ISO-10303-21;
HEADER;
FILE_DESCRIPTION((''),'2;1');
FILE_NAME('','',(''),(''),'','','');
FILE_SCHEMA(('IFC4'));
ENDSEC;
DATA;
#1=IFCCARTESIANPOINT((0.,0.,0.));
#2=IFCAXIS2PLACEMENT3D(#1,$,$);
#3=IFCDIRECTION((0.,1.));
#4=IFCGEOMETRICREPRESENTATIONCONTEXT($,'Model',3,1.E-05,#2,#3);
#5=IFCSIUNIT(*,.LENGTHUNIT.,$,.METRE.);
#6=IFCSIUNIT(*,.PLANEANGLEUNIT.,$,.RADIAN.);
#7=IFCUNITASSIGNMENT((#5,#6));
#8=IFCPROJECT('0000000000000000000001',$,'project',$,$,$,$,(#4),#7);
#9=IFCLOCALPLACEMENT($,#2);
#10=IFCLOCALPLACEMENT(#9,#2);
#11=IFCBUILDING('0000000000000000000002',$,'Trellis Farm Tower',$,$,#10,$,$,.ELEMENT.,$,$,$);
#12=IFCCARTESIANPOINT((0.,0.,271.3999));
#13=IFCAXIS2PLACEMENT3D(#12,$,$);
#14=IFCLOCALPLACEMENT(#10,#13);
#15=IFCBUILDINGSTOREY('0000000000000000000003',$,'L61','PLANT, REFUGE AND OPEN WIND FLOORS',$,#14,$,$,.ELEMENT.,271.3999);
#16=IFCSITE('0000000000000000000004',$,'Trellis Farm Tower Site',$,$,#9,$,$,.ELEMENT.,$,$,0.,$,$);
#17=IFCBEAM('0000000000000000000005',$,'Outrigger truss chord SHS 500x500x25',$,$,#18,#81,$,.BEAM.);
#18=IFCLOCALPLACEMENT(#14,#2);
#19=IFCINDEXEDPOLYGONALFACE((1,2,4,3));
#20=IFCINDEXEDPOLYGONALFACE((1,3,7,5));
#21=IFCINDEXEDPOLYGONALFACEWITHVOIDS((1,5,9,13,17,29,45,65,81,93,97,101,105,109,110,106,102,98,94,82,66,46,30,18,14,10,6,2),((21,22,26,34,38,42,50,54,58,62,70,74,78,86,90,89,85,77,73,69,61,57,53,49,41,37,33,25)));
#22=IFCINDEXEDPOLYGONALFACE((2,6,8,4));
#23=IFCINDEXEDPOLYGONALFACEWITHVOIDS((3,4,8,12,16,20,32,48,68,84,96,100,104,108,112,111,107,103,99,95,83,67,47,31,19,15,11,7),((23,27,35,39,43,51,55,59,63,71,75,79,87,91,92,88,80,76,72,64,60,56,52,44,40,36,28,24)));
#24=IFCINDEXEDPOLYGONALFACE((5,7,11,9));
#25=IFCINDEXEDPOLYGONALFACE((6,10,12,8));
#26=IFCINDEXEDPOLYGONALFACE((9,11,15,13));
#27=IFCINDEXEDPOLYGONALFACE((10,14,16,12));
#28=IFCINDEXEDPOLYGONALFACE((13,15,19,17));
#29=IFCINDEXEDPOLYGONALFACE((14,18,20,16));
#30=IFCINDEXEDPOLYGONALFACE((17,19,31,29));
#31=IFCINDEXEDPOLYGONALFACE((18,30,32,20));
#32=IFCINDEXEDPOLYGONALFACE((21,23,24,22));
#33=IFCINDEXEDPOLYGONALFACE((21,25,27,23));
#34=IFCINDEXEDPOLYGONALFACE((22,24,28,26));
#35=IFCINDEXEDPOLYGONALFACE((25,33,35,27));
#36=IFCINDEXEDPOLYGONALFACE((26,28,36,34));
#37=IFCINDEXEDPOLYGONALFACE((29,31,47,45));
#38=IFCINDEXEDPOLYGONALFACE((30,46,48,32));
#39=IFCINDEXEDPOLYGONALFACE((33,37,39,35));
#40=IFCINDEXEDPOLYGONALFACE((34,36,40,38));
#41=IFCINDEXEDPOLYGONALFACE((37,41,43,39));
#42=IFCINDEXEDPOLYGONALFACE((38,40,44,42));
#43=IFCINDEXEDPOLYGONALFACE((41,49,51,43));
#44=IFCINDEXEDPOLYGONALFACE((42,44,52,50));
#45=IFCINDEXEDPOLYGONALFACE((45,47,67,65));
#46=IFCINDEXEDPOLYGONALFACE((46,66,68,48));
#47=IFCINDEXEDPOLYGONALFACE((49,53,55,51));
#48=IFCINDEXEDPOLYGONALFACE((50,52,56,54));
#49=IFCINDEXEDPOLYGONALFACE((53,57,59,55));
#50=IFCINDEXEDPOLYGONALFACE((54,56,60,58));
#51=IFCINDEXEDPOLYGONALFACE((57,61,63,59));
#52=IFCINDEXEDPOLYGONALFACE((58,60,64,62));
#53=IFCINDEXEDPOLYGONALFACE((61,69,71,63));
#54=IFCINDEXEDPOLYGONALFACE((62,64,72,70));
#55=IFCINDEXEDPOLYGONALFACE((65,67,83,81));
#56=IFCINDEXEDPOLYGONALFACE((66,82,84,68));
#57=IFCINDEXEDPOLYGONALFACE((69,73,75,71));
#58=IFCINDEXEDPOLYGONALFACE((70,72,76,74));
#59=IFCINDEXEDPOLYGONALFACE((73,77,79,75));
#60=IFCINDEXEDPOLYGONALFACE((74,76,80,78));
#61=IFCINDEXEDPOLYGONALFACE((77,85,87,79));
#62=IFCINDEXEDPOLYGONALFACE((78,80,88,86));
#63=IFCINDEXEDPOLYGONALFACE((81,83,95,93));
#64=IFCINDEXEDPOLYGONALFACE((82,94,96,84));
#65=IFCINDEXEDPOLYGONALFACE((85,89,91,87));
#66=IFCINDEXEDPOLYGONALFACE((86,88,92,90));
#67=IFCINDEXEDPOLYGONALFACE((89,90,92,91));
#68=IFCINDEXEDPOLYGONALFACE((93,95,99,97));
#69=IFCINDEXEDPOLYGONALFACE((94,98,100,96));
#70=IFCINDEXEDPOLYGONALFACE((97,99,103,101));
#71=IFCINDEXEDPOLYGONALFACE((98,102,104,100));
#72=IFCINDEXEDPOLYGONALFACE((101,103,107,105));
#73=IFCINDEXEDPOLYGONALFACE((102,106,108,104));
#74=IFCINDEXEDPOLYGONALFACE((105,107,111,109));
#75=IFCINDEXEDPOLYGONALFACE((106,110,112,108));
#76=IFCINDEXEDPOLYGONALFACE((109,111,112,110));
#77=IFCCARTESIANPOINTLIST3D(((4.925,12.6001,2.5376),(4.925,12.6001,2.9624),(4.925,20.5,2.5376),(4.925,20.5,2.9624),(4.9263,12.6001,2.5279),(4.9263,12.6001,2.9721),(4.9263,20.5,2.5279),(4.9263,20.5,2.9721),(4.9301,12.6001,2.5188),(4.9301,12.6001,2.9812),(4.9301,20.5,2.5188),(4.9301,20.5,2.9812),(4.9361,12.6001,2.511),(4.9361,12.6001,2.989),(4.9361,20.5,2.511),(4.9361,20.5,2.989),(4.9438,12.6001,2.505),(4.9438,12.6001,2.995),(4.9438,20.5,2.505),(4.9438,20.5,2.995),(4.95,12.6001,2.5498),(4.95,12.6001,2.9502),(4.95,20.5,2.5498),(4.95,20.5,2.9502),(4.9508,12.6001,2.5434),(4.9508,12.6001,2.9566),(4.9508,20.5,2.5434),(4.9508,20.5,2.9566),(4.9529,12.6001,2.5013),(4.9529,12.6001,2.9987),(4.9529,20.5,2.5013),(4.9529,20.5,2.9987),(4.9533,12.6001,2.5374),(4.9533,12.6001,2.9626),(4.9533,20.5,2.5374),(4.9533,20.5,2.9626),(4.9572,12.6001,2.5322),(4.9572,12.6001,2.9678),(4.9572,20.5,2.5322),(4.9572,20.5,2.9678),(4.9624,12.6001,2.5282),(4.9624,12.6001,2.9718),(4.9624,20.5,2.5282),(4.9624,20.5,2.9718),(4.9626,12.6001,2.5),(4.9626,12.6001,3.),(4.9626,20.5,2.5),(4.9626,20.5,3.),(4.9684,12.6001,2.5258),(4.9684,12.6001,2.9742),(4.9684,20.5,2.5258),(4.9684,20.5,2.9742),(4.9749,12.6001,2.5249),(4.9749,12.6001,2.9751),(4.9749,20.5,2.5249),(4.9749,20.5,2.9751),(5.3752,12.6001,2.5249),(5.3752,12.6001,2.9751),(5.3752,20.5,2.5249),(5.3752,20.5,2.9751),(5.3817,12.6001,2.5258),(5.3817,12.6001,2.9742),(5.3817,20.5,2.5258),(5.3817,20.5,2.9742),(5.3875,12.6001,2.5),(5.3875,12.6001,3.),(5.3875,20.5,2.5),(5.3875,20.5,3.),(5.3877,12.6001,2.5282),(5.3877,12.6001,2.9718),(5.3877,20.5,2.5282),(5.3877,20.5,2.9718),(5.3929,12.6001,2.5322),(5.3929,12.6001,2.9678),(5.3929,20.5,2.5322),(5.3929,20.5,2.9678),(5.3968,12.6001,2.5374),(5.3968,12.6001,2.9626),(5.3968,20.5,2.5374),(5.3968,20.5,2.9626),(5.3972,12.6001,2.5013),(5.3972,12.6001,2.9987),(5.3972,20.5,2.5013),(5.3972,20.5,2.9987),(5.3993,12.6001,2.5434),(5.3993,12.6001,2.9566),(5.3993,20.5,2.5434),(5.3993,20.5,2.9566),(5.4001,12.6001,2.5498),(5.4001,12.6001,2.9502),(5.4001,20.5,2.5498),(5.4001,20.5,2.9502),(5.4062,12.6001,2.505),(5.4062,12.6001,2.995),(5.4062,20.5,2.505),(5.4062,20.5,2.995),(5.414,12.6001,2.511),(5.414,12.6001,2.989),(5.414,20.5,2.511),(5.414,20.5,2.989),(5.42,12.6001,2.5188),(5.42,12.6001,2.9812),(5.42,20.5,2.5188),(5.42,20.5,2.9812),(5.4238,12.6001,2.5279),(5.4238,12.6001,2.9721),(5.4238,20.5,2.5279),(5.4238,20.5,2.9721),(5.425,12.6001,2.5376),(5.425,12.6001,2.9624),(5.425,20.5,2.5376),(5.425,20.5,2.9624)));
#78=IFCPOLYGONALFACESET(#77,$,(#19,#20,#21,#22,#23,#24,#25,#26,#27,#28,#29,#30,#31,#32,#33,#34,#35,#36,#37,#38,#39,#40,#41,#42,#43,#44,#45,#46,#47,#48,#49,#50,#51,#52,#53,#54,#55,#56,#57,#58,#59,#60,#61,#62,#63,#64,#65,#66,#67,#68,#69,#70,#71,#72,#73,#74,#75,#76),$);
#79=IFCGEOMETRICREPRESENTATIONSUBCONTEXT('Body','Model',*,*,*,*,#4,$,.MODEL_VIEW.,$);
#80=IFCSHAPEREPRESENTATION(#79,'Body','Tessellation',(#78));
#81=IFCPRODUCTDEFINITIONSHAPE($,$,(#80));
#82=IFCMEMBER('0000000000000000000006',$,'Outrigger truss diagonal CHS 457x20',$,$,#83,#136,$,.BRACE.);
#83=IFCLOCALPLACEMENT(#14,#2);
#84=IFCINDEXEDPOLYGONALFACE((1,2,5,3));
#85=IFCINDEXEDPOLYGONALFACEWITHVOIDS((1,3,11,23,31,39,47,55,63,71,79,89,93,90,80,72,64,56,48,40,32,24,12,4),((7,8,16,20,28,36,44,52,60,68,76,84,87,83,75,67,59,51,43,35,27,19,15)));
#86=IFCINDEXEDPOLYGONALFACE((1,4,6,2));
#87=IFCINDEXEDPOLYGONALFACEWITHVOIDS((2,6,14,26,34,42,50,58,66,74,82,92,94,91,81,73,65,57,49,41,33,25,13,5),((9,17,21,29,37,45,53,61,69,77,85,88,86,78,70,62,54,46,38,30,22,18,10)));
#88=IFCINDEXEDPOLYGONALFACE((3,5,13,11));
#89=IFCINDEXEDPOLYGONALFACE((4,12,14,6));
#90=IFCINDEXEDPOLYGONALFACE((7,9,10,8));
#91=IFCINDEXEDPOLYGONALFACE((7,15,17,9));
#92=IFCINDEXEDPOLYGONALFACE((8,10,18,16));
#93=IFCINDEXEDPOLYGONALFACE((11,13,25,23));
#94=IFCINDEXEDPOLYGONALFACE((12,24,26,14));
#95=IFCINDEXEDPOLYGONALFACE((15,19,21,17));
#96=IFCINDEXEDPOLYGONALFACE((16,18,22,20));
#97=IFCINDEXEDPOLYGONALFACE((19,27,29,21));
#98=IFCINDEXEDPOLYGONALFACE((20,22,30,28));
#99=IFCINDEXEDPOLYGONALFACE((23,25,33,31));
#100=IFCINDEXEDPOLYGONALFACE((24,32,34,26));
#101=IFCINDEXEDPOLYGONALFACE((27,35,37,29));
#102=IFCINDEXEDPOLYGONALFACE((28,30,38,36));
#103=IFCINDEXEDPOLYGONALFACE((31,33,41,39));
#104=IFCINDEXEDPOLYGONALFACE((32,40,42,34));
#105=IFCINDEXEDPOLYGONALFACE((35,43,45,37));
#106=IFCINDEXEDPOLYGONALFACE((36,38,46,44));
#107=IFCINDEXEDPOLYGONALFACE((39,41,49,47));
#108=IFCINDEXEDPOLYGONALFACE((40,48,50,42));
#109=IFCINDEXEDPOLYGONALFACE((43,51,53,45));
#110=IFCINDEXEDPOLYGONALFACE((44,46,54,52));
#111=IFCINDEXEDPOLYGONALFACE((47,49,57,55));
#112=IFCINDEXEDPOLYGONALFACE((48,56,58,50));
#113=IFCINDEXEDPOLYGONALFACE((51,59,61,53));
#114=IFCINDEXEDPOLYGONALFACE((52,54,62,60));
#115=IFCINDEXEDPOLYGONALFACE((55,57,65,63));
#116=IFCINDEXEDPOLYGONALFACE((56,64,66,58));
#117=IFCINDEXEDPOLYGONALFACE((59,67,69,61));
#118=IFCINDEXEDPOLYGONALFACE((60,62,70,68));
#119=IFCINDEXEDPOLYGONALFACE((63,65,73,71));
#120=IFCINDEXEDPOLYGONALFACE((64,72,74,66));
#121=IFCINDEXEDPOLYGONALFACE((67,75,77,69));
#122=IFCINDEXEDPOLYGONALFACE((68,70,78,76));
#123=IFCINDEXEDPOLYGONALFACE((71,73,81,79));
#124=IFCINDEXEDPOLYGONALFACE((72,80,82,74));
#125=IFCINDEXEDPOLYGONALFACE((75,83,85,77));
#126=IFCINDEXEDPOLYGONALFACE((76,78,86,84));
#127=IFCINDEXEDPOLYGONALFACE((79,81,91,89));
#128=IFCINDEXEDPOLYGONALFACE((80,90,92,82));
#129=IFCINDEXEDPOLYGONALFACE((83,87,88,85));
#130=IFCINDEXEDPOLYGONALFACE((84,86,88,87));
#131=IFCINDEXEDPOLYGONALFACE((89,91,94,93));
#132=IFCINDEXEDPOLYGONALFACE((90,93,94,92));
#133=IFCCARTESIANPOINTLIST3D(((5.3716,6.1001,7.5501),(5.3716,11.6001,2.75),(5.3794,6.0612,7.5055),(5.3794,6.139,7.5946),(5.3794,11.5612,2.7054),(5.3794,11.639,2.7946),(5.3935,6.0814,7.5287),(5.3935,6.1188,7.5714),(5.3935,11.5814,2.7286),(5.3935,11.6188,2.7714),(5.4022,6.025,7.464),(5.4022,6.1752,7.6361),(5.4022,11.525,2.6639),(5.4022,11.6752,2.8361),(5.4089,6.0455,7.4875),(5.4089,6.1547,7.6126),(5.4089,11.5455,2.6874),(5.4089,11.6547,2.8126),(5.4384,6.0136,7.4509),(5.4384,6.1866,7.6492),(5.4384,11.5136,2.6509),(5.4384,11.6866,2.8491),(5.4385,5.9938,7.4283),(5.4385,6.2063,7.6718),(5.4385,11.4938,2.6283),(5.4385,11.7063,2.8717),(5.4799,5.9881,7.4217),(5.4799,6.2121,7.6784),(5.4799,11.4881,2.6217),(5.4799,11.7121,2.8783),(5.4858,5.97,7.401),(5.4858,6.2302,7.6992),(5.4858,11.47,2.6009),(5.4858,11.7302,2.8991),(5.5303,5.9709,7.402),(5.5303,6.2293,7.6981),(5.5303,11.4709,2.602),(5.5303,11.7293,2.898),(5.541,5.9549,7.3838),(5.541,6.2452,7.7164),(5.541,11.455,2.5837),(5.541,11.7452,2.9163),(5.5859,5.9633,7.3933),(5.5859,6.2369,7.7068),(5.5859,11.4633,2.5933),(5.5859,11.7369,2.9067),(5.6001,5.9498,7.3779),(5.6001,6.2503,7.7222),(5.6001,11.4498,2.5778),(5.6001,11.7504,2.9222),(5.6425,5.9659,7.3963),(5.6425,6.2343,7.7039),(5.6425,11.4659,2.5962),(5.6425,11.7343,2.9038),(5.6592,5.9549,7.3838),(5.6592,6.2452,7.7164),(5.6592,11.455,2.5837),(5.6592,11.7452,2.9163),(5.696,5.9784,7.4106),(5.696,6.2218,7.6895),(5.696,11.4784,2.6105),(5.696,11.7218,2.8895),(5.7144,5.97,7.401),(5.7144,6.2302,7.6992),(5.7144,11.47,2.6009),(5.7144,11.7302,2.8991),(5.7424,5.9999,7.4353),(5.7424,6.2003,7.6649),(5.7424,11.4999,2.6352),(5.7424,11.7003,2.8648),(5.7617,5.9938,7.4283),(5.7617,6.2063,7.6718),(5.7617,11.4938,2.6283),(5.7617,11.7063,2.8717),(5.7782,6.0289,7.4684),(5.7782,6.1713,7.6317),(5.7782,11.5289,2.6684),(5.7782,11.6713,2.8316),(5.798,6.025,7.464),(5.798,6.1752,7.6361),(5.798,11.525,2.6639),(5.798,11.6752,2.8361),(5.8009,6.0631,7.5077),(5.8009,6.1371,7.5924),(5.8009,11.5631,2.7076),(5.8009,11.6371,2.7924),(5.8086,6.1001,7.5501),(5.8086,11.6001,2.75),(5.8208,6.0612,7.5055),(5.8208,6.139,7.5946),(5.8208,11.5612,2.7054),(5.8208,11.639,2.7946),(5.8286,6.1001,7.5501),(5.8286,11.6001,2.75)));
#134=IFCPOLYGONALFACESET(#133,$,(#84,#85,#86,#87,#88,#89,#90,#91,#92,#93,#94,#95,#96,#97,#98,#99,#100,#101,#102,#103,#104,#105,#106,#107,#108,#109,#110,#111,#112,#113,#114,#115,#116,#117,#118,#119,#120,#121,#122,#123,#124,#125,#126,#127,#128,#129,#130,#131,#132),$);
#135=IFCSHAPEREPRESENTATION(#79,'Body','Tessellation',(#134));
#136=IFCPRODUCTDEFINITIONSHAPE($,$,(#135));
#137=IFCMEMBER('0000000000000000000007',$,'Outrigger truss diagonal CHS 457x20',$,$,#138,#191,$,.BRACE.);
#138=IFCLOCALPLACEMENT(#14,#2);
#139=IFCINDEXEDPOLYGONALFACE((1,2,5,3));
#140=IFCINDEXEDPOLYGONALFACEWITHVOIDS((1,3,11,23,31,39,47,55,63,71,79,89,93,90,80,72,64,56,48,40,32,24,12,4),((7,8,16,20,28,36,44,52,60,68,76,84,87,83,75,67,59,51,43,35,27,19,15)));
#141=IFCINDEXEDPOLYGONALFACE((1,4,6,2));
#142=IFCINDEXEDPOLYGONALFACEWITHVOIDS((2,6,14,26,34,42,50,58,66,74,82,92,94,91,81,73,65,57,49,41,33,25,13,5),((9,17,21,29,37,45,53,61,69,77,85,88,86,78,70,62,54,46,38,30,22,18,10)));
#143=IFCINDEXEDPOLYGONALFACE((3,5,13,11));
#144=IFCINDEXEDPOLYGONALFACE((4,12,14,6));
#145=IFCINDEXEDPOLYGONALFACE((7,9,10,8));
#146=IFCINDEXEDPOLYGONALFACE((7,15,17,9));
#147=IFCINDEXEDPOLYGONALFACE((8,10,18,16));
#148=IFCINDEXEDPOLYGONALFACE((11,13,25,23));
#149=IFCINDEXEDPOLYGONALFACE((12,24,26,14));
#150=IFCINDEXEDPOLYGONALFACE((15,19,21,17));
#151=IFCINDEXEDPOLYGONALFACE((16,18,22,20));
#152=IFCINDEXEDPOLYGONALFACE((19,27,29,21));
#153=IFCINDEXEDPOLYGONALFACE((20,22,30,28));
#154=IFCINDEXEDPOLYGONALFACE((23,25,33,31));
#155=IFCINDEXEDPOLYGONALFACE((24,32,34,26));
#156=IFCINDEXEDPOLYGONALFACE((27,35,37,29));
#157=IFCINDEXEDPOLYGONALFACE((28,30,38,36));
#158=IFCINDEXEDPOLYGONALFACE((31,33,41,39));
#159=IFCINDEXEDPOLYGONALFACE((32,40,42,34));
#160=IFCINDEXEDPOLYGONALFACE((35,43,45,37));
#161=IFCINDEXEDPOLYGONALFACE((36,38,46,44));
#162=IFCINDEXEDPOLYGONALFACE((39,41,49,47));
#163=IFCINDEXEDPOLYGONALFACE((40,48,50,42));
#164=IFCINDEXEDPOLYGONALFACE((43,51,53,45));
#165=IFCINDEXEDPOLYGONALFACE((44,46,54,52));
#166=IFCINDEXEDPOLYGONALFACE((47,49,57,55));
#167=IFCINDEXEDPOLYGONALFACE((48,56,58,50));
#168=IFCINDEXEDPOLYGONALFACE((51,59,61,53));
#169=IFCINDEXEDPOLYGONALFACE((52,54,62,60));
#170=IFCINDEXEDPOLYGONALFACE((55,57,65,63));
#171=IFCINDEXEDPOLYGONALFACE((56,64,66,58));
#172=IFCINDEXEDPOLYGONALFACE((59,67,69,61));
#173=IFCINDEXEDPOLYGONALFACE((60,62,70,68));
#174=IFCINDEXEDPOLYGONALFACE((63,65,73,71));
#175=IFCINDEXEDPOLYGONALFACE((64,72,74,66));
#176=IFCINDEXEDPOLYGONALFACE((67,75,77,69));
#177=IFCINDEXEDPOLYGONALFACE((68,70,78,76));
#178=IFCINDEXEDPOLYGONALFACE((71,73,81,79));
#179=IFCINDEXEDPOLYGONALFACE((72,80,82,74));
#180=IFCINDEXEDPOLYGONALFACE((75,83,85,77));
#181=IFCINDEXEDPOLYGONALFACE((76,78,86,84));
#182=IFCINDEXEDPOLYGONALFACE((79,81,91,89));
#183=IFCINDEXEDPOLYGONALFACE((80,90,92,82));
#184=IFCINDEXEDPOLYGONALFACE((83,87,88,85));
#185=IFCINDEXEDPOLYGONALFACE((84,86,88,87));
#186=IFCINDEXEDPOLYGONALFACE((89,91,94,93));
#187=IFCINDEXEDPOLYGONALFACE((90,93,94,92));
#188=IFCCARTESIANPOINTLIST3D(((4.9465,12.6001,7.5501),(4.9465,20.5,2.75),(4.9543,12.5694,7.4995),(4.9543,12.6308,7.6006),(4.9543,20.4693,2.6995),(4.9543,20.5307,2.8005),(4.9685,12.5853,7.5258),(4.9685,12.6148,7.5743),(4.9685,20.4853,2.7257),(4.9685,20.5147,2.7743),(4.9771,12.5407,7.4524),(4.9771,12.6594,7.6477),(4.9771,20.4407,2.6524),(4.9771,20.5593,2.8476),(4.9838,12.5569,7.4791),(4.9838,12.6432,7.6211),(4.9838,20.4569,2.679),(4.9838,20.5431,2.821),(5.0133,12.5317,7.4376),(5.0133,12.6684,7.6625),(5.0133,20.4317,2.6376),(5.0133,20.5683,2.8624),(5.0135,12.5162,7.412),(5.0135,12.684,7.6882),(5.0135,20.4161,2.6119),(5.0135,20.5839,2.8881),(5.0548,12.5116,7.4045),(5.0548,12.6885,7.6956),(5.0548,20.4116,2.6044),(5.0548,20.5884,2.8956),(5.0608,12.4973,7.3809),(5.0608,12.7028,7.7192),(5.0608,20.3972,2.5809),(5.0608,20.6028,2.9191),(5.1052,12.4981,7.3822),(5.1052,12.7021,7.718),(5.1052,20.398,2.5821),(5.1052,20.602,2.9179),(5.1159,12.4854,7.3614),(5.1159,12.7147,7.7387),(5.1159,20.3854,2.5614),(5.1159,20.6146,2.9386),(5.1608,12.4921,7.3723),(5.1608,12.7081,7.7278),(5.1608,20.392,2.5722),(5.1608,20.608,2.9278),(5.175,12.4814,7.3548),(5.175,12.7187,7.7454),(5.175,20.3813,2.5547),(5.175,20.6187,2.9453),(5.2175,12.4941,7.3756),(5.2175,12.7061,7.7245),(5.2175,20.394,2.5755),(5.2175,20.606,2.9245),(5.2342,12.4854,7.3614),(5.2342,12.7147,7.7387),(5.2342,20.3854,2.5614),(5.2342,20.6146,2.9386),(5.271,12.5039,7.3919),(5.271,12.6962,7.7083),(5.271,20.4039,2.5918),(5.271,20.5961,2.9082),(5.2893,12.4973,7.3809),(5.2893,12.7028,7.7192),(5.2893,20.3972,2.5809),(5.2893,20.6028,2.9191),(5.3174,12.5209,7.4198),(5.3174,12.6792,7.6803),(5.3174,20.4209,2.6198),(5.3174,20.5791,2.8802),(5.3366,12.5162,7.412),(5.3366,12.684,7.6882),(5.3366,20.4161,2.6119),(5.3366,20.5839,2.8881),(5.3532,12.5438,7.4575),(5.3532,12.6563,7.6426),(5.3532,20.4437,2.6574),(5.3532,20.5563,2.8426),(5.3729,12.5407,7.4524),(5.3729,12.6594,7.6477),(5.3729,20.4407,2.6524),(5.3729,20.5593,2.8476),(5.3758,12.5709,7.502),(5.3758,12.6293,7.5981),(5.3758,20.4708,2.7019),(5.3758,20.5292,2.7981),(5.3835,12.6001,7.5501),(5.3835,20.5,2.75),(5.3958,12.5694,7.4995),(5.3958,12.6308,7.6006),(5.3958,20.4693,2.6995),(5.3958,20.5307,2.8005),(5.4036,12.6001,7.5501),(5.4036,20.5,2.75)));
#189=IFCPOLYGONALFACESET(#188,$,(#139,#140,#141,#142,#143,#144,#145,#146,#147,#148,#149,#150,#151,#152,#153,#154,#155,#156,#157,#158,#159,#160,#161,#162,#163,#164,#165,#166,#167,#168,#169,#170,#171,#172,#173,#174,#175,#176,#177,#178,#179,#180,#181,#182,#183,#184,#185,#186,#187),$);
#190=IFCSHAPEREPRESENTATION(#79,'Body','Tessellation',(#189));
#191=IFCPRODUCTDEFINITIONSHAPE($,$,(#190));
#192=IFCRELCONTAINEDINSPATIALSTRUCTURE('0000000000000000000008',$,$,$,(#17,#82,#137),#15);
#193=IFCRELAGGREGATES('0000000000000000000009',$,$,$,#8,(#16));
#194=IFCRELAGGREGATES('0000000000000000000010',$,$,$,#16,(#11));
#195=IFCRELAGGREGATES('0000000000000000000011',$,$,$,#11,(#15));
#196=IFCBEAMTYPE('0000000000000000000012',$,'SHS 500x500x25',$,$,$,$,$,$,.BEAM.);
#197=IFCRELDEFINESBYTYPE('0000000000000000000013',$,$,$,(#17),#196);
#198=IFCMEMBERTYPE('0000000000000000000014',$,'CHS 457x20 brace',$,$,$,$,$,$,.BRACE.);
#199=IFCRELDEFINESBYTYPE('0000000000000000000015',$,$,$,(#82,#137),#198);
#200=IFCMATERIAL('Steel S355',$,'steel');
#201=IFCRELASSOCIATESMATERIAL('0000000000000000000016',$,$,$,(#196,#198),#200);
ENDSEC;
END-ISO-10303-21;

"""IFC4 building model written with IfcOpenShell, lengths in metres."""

from ifc_helpers import new_model, si_unit, direction, frame, origin, origin_2d, place, context, subcontext, project, spatial, hollow_rectangle, hollow_circle, extrude, source, transform, mapped, material, material_profile, profile_set, type_object, element, save


model = new_model("IFC4")

# Units and contexts
model_context = context("Model", 3, precision=1e-05, world=origin(), true_north=direction((0.0, 1.0)))
body_context = subcontext(model_context, "Body", "Model", "MODEL_VIEW")
ifc_project = project(units=[si_unit("LENGTHUNIT", "METRE"), si_unit("PLANEANGLEUNIT", "RADIAN")], contexts=[model_context])

# Site, building, storey
site_placement = place(None, origin())
site = spatial("IfcSite", under=ifc_project, at=site_placement, Name="Trellis Farm Tower Site", CompositionType="ELEMENT", RefElevation=0.0)
building_placement = place(site_placement, origin())
building = spatial("IfcBuilding", under=site, at=building_placement, Name="Trellis Farm Tower", CompositionType="ELEMENT")
storey_placement = place(building_placement, frame((0.0, 0.0, 271.3999)))
storey = spatial("IfcBuildingStorey", under=building, at=storey_placement, Name="L61", Description="PLANT, REFUGE AND OPEN WIND FLOORS", CompositionType="ELEMENT", Elevation=271.3999)

# Beam
ifc_material_1 = material(Name="Steel S355", Category="steel")
ifc_material_profile_1 = material_profile(ifc_material_1, hollow_rectangle(XDim=0.5, YDim=0.5, WallThickness=0.0249, InnerFilletRadius=0.0249, OuterFilletRadius=0.0376, at=origin_2d()), Name="SHS 500x500x25")
ifc_profile_set_1 = profile_set([ifc_material_profile_1], Name="Steel S355")
beam_type_1 = type_object("IfcBeamType", Name="SHS 500x500x25", PredefinedType="BEAM", material=ifc_profile_set_1)
shared_shape_1 = source(origin(), body_context, "Body", "SweptSolid", [
    extrude(hollow_rectangle(XDim=0.5, YDim=0.5, WallThickness=0.0249, InnerFilletRadius=0.0249, OuterFilletRadius=0.0376, at=origin_2d()), origin(), (0.0, 0.0, 1.0), 7.8999),
])
beam_1_placement = place(storey_placement, frame((5.175, 12.6001, 2.75), z_axis=(0.0, 1.0, 0.0), x_axis=(-1.0, 0.0, 0.0)))
element("IfcBeam", 1, at=beam_1_placement, inside=storey, type_object=beam_type_1, Name="Outrigger truss chord SHS 500x500x25", PredefinedType="BEAM", context=body_context, shape_type="MappedRepresentation", body=[
    mapped(shared_shape_1, transform((0.0, 0.0, 0.0))),
])

# Members
ifc_material_profile_2 = material_profile(ifc_material_1, hollow_circle(Radius=0.2285, WallThickness=0.02, at=origin_2d()), Name="CHS 457x20")
ifc_profile_set_2 = profile_set([ifc_material_profile_2], Name="Steel S355")
member_type = type_object("IfcMemberType", Name="CHS 457x20 brace", PredefinedType="BRACE", material=ifc_profile_set_2)
shared_shape_2 = source(origin(), body_context, "Body", "SweptSolid", [
    extrude(hollow_circle(Radius=0.2285, WallThickness=0.02, at=origin_2d()), origin(), (0.0, 0.0, 1.0), 7.3),
])
member_1_placement = place(storey_placement, frame((5.6001, 11.6001, 2.75), z_axis=(0.0, -0.753421, 0.657538), x_axis=(1.0, 0.0, 0.0)))
element("IfcMember", 2, at=member_1_placement, inside=storey, type_object=member_type, Name="Outrigger truss diagonal CHS 457x20", PredefinedType="BRACE", context=body_context, shape_type="MappedRepresentation", body=[
    mapped(shared_shape_2, transform((0.0, 0.0, 0.0))),
])
shared_shape_3 = source(origin(), body_context, "Body", "SweptSolid", [
    extrude(hollow_circle(Radius=0.2285, WallThickness=0.02, at=origin_2d()), origin(), (0.0, 0.0, 1.0), 9.2439),
])
member_2_placement = place(storey_placement, frame((5.175, 20.5, 2.75), z_axis=(0.0, -0.854611, 0.519269), x_axis=(1.0, 0.0, 0.0)))
element("IfcMember", 3, at=member_2_placement, inside=storey, type_object=member_type, Name="Outrigger truss diagonal CHS 457x20", PredefinedType="BRACE", context=body_context, shape_type="MappedRepresentation", body=[
    mapped(shared_shape_3, transform((0.0, 0.0, 0.0))),
])

save(model, "model.ifc")
